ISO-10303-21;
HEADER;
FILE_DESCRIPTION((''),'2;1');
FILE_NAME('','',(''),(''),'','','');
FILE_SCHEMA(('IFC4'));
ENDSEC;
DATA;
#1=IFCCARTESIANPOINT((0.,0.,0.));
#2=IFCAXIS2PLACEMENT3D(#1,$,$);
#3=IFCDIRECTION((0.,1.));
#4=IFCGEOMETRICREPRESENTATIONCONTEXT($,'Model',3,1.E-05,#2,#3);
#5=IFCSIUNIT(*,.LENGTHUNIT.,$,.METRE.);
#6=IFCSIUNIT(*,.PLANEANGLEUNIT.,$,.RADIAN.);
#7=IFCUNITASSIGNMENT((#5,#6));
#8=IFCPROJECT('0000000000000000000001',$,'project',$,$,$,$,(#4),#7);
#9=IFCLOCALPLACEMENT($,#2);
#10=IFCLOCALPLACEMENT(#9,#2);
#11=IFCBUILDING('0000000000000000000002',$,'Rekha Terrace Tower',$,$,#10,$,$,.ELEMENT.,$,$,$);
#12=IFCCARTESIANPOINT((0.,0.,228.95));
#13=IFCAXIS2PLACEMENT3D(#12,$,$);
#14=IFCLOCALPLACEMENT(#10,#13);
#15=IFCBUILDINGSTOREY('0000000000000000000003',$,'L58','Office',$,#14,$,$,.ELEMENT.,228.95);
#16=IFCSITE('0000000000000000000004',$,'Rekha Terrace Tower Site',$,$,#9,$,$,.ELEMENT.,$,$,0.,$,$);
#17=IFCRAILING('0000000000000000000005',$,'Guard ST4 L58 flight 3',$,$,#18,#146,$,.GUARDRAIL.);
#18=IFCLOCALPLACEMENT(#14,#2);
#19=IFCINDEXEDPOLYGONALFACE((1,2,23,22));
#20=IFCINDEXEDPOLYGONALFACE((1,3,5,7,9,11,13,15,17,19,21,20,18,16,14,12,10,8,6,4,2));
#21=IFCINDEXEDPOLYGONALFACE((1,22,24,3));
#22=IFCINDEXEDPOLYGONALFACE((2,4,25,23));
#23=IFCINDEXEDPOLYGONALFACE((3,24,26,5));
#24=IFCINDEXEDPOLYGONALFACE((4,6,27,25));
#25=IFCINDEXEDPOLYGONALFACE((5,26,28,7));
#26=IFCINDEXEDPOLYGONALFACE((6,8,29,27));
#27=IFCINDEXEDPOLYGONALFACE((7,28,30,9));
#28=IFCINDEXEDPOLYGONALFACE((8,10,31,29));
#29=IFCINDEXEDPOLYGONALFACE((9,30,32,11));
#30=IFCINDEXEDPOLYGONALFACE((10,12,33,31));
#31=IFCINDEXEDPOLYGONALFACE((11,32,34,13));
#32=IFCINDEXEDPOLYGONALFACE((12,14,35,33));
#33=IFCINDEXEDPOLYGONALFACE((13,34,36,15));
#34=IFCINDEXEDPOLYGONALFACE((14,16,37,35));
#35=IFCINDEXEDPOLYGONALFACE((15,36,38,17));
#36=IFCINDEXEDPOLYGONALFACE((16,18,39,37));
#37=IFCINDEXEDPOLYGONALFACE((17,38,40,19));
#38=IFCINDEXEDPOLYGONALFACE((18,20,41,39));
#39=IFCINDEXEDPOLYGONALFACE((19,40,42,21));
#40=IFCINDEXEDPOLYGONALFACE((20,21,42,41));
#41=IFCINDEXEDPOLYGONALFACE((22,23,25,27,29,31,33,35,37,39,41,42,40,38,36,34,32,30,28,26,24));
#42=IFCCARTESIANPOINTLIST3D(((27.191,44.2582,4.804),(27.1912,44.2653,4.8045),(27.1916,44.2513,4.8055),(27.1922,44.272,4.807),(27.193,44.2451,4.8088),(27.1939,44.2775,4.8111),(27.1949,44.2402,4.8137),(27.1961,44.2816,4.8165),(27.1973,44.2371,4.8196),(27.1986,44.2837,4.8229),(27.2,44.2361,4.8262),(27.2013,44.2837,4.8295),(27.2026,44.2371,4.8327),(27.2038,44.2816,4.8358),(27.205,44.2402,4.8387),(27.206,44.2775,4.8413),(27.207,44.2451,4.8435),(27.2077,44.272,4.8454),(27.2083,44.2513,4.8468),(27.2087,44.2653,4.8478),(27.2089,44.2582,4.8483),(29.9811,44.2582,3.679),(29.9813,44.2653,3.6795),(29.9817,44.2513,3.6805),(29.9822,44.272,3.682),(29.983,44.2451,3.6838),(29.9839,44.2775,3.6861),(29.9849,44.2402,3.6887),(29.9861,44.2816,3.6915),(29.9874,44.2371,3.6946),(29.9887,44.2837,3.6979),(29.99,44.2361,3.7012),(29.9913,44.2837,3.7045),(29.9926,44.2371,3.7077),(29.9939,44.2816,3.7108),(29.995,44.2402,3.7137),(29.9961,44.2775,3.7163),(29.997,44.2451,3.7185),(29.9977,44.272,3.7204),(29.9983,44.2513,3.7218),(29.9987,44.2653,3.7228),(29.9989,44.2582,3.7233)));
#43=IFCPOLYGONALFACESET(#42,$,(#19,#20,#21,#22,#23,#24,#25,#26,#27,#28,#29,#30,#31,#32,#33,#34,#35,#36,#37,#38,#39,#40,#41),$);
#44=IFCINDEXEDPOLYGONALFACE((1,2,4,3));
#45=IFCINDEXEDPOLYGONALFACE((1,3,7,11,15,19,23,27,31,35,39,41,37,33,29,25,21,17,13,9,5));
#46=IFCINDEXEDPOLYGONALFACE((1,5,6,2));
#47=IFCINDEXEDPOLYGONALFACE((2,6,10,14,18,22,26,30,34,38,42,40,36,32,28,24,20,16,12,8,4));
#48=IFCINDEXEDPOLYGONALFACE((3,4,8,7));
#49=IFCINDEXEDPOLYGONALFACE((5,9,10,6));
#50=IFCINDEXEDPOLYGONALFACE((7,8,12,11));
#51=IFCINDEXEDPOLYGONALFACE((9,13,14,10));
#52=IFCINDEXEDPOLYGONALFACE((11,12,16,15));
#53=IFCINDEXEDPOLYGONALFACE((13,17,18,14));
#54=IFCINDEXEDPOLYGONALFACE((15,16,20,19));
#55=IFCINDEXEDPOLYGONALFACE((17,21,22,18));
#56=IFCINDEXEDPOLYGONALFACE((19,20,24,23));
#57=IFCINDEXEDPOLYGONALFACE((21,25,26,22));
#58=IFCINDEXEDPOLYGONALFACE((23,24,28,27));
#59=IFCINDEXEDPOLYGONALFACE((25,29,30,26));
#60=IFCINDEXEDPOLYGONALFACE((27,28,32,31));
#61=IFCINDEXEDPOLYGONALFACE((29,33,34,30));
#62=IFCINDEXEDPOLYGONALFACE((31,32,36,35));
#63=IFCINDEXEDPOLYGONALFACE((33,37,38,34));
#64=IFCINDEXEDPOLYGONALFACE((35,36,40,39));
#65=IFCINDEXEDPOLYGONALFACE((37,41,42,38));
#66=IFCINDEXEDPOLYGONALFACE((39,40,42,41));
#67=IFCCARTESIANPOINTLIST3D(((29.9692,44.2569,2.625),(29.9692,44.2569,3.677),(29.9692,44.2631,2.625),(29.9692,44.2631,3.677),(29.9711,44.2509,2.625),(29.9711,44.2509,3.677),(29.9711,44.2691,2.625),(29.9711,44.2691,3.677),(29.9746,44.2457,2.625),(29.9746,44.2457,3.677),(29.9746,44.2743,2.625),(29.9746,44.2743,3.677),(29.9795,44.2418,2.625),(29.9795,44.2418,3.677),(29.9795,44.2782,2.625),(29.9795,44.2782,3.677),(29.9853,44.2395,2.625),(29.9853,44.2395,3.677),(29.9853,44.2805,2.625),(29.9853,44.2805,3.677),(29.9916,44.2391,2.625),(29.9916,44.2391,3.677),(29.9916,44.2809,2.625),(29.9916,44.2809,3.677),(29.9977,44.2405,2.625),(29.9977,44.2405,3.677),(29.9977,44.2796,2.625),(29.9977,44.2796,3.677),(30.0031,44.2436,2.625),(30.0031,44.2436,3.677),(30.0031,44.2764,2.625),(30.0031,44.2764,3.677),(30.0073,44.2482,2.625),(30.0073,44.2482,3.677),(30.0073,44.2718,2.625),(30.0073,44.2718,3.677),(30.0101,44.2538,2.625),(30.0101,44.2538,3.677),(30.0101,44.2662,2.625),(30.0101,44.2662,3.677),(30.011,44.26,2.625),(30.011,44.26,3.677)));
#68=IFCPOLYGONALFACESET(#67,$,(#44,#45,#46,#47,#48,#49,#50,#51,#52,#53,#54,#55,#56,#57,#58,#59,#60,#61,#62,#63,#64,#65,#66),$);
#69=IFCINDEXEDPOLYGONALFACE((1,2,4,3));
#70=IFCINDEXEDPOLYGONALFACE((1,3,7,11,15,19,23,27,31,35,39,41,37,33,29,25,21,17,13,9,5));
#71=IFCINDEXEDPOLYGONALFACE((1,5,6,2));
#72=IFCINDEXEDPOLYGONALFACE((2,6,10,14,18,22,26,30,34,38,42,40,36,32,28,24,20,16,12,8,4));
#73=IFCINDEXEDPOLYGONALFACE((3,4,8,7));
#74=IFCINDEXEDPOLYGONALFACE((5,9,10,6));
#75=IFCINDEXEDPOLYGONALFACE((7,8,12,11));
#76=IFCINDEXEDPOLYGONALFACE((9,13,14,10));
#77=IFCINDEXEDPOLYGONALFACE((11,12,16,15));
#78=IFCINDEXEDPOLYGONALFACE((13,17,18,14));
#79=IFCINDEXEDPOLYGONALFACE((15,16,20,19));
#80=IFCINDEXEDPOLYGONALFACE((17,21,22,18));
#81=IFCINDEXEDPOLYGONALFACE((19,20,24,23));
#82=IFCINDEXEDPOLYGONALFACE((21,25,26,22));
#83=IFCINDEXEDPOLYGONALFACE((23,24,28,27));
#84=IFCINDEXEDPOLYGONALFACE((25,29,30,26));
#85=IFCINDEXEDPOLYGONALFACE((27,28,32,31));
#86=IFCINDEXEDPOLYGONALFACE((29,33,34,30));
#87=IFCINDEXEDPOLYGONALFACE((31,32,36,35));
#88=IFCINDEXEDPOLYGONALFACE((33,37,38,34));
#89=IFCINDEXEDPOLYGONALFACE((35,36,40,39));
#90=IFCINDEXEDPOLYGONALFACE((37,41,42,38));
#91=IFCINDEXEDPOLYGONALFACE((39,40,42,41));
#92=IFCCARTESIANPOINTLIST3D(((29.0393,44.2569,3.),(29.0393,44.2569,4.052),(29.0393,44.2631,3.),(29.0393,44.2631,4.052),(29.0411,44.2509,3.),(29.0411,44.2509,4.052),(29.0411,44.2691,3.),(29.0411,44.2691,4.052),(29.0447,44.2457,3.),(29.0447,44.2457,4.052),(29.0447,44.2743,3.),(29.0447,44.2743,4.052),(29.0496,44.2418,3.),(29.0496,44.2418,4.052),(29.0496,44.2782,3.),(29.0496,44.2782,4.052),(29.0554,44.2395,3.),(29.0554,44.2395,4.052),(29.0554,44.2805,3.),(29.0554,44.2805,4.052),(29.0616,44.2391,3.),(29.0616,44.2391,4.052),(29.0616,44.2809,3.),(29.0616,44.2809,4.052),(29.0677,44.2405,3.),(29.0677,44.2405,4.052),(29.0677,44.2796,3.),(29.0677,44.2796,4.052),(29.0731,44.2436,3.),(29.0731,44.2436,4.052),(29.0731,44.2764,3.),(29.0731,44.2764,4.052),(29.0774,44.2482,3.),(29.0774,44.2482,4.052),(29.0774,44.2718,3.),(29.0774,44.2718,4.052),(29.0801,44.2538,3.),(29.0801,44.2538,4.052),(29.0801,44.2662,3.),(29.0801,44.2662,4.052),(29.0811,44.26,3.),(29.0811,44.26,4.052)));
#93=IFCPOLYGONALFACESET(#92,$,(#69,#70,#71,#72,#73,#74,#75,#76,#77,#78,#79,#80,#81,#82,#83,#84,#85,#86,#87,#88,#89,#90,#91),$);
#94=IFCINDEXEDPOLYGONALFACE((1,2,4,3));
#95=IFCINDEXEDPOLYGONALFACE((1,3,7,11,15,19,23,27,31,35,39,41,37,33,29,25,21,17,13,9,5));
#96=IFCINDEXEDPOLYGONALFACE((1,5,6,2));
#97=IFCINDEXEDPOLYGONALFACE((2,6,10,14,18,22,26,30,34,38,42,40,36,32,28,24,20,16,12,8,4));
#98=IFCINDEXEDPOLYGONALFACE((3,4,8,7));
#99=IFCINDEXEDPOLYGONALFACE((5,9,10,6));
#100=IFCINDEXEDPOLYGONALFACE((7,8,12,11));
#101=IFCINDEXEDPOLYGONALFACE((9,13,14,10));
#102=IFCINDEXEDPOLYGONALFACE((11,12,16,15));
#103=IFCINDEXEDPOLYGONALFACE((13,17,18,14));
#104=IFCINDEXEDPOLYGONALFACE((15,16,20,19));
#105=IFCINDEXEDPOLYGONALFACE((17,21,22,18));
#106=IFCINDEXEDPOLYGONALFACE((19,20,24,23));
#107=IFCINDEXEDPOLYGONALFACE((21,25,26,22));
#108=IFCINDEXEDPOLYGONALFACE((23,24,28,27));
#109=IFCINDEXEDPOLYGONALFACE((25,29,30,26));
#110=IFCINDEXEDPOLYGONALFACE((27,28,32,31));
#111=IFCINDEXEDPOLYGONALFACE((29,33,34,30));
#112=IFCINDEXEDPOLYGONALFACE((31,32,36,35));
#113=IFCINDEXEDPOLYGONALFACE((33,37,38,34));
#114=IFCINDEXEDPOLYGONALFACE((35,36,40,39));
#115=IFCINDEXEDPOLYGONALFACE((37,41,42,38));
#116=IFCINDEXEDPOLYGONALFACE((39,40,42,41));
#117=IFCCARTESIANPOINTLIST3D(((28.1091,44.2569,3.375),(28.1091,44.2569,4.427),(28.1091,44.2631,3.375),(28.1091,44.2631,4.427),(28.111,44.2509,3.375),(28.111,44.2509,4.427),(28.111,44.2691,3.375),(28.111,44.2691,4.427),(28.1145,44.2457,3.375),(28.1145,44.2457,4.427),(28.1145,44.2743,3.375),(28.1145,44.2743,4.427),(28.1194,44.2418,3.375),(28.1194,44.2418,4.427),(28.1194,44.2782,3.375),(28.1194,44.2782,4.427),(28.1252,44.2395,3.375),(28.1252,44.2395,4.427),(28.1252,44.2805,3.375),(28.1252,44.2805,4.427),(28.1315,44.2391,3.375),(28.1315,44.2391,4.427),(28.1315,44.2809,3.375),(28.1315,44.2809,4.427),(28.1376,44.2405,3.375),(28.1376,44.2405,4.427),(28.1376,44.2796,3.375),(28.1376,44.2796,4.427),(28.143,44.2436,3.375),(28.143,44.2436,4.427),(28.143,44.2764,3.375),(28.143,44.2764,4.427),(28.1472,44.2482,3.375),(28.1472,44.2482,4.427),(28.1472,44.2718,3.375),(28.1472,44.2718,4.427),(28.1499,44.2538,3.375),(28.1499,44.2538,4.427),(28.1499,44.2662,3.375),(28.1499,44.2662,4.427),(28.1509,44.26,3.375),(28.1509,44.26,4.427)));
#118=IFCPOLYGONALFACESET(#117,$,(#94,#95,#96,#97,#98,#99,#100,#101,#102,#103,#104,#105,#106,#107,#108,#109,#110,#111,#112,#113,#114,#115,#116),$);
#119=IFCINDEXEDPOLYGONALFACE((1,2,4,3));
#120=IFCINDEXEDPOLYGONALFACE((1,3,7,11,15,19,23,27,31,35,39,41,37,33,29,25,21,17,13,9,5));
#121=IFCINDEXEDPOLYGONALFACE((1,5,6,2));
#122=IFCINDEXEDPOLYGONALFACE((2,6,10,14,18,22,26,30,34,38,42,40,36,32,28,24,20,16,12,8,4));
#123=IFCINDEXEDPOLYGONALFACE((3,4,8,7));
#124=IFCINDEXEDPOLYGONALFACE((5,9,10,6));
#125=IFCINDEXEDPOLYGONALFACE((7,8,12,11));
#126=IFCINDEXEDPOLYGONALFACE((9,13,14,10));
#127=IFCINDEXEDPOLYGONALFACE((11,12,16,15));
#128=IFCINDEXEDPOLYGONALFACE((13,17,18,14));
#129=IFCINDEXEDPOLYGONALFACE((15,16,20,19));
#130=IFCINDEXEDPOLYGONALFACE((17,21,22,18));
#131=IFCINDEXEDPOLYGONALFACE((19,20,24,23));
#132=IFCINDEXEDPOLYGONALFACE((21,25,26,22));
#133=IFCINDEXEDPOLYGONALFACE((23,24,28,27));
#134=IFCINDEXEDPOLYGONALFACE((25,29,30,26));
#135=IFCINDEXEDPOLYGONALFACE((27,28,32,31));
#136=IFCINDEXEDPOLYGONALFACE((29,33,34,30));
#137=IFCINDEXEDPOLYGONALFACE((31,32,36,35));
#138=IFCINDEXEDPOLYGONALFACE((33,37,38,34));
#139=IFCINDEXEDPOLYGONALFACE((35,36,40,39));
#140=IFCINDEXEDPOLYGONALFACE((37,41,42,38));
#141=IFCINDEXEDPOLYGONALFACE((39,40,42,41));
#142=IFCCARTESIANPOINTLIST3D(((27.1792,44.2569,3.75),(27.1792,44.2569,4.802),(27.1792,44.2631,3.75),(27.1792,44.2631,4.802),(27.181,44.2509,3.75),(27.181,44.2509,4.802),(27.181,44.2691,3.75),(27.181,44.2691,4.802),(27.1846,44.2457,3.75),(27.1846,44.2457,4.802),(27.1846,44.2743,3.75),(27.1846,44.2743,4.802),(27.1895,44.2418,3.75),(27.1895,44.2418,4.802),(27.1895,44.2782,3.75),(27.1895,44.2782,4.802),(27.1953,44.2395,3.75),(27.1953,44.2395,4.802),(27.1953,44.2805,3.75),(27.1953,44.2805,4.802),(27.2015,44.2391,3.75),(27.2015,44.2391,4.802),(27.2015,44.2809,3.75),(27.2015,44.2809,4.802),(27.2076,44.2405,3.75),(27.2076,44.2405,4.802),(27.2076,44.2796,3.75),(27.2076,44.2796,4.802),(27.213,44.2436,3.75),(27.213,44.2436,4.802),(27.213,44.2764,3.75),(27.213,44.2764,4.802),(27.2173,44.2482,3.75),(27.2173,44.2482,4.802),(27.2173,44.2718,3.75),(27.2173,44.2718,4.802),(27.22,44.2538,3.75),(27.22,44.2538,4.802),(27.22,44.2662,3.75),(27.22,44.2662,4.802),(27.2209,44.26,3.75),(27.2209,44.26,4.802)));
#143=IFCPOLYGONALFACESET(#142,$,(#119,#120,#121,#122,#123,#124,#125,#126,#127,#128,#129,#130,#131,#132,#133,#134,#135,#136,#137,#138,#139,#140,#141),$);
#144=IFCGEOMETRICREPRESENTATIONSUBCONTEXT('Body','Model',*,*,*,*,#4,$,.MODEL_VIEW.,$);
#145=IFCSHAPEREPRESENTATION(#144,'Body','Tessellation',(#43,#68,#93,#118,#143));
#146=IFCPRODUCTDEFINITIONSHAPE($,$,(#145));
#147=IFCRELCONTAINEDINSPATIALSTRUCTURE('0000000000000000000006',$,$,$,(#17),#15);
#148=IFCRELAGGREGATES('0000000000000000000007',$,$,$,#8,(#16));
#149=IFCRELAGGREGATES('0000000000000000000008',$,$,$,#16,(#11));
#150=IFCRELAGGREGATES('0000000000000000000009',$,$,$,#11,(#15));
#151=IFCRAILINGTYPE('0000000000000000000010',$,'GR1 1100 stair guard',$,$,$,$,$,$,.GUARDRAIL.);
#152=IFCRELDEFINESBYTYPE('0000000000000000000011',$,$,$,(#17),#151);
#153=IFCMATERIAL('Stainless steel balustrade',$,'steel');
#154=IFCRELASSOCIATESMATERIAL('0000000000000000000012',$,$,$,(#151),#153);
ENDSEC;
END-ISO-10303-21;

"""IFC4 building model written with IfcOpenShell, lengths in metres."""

from ifc_helpers import new_model, si_unit, direction, frame, origin, origin_2d, place, context, subcontext, project, spatial, circle, extrude, material, type_object, element, save


model = new_model("IFC4")

# Units and contexts
model_context = context("Model", 3, precision=1e-05, world=origin(), true_north=direction((0.0, 1.0)))
body_context = subcontext(model_context, "Body", "Model", "MODEL_VIEW")
ifc_project = project(units=[si_unit("LENGTHUNIT", "METRE"), si_unit("PLANEANGLEUNIT", "RADIAN")], contexts=[model_context])

# Site, building, storey
site_placement = place(None, origin())
site = spatial("IfcSite", under=ifc_project, at=site_placement, Name="Rekha Terrace Tower Site", CompositionType="ELEMENT", RefElevation=0.0)
building_placement = place(site_placement, origin())
building = spatial("IfcBuilding", under=site, at=building_placement, Name="Rekha Terrace Tower", CompositionType="ELEMENT")
storey_placement = place(building_placement, frame((0.0, 0.0, 228.95)))
storey = spatial("IfcBuildingStorey", under=building, at=storey_placement, Name="L58", Description="Office", CompositionType="ELEMENT", Elevation=228.95)

# Railing
ifc_material_1 = material(Name="Stainless steel balustrade", Category="steel")
railing_type_1 = type_object("IfcRailingType", Name="GR1 1100 stair guard", PredefinedType="GUARDRAIL", material=ifc_material_1)
railing_1_placement = place(storey_placement, frame((29.99, 44.26, 2.625)))
element("IfcRailing", 1, at=railing_1_placement, inside=storey, type_object=railing_type_1, Name="Guard ST4 L58 flight 3", PredefinedType="GUARDRAIL", context=body_context, shape_type="SweptSolid", body=[
    extrude(circle(Radius=0.0239, at=origin_2d()), frame((0.0, 0.0, 1.0762), z_axis=(-0.927443, 0.0, 0.373964), x_axis=(0.0, -1.0, 0.0)), (0.0, 0.0, 1.0), 3.0083),
    extrude(circle(Radius=0.021, at=origin_2d()), origin(), (0.0, 0.0, 1.0), 1.052),
    extrude(circle(Radius=0.021, at=origin_2d()), frame((-0.9299, 0.0, 0.375)), (0.0, 0.0, 1.0), 1.052),
    extrude(circle(Radius=0.021, at=origin_2d()), frame((-1.8601, 0.0, 0.75)), (0.0, 0.0, 1.0), 1.052),
    extrude(circle(Radius=0.021, at=origin_2d()), frame((-2.79, 0.0, 1.125)), (0.0, 0.0, 1.0), 1.052),
])

save(model, "model.ifc")
